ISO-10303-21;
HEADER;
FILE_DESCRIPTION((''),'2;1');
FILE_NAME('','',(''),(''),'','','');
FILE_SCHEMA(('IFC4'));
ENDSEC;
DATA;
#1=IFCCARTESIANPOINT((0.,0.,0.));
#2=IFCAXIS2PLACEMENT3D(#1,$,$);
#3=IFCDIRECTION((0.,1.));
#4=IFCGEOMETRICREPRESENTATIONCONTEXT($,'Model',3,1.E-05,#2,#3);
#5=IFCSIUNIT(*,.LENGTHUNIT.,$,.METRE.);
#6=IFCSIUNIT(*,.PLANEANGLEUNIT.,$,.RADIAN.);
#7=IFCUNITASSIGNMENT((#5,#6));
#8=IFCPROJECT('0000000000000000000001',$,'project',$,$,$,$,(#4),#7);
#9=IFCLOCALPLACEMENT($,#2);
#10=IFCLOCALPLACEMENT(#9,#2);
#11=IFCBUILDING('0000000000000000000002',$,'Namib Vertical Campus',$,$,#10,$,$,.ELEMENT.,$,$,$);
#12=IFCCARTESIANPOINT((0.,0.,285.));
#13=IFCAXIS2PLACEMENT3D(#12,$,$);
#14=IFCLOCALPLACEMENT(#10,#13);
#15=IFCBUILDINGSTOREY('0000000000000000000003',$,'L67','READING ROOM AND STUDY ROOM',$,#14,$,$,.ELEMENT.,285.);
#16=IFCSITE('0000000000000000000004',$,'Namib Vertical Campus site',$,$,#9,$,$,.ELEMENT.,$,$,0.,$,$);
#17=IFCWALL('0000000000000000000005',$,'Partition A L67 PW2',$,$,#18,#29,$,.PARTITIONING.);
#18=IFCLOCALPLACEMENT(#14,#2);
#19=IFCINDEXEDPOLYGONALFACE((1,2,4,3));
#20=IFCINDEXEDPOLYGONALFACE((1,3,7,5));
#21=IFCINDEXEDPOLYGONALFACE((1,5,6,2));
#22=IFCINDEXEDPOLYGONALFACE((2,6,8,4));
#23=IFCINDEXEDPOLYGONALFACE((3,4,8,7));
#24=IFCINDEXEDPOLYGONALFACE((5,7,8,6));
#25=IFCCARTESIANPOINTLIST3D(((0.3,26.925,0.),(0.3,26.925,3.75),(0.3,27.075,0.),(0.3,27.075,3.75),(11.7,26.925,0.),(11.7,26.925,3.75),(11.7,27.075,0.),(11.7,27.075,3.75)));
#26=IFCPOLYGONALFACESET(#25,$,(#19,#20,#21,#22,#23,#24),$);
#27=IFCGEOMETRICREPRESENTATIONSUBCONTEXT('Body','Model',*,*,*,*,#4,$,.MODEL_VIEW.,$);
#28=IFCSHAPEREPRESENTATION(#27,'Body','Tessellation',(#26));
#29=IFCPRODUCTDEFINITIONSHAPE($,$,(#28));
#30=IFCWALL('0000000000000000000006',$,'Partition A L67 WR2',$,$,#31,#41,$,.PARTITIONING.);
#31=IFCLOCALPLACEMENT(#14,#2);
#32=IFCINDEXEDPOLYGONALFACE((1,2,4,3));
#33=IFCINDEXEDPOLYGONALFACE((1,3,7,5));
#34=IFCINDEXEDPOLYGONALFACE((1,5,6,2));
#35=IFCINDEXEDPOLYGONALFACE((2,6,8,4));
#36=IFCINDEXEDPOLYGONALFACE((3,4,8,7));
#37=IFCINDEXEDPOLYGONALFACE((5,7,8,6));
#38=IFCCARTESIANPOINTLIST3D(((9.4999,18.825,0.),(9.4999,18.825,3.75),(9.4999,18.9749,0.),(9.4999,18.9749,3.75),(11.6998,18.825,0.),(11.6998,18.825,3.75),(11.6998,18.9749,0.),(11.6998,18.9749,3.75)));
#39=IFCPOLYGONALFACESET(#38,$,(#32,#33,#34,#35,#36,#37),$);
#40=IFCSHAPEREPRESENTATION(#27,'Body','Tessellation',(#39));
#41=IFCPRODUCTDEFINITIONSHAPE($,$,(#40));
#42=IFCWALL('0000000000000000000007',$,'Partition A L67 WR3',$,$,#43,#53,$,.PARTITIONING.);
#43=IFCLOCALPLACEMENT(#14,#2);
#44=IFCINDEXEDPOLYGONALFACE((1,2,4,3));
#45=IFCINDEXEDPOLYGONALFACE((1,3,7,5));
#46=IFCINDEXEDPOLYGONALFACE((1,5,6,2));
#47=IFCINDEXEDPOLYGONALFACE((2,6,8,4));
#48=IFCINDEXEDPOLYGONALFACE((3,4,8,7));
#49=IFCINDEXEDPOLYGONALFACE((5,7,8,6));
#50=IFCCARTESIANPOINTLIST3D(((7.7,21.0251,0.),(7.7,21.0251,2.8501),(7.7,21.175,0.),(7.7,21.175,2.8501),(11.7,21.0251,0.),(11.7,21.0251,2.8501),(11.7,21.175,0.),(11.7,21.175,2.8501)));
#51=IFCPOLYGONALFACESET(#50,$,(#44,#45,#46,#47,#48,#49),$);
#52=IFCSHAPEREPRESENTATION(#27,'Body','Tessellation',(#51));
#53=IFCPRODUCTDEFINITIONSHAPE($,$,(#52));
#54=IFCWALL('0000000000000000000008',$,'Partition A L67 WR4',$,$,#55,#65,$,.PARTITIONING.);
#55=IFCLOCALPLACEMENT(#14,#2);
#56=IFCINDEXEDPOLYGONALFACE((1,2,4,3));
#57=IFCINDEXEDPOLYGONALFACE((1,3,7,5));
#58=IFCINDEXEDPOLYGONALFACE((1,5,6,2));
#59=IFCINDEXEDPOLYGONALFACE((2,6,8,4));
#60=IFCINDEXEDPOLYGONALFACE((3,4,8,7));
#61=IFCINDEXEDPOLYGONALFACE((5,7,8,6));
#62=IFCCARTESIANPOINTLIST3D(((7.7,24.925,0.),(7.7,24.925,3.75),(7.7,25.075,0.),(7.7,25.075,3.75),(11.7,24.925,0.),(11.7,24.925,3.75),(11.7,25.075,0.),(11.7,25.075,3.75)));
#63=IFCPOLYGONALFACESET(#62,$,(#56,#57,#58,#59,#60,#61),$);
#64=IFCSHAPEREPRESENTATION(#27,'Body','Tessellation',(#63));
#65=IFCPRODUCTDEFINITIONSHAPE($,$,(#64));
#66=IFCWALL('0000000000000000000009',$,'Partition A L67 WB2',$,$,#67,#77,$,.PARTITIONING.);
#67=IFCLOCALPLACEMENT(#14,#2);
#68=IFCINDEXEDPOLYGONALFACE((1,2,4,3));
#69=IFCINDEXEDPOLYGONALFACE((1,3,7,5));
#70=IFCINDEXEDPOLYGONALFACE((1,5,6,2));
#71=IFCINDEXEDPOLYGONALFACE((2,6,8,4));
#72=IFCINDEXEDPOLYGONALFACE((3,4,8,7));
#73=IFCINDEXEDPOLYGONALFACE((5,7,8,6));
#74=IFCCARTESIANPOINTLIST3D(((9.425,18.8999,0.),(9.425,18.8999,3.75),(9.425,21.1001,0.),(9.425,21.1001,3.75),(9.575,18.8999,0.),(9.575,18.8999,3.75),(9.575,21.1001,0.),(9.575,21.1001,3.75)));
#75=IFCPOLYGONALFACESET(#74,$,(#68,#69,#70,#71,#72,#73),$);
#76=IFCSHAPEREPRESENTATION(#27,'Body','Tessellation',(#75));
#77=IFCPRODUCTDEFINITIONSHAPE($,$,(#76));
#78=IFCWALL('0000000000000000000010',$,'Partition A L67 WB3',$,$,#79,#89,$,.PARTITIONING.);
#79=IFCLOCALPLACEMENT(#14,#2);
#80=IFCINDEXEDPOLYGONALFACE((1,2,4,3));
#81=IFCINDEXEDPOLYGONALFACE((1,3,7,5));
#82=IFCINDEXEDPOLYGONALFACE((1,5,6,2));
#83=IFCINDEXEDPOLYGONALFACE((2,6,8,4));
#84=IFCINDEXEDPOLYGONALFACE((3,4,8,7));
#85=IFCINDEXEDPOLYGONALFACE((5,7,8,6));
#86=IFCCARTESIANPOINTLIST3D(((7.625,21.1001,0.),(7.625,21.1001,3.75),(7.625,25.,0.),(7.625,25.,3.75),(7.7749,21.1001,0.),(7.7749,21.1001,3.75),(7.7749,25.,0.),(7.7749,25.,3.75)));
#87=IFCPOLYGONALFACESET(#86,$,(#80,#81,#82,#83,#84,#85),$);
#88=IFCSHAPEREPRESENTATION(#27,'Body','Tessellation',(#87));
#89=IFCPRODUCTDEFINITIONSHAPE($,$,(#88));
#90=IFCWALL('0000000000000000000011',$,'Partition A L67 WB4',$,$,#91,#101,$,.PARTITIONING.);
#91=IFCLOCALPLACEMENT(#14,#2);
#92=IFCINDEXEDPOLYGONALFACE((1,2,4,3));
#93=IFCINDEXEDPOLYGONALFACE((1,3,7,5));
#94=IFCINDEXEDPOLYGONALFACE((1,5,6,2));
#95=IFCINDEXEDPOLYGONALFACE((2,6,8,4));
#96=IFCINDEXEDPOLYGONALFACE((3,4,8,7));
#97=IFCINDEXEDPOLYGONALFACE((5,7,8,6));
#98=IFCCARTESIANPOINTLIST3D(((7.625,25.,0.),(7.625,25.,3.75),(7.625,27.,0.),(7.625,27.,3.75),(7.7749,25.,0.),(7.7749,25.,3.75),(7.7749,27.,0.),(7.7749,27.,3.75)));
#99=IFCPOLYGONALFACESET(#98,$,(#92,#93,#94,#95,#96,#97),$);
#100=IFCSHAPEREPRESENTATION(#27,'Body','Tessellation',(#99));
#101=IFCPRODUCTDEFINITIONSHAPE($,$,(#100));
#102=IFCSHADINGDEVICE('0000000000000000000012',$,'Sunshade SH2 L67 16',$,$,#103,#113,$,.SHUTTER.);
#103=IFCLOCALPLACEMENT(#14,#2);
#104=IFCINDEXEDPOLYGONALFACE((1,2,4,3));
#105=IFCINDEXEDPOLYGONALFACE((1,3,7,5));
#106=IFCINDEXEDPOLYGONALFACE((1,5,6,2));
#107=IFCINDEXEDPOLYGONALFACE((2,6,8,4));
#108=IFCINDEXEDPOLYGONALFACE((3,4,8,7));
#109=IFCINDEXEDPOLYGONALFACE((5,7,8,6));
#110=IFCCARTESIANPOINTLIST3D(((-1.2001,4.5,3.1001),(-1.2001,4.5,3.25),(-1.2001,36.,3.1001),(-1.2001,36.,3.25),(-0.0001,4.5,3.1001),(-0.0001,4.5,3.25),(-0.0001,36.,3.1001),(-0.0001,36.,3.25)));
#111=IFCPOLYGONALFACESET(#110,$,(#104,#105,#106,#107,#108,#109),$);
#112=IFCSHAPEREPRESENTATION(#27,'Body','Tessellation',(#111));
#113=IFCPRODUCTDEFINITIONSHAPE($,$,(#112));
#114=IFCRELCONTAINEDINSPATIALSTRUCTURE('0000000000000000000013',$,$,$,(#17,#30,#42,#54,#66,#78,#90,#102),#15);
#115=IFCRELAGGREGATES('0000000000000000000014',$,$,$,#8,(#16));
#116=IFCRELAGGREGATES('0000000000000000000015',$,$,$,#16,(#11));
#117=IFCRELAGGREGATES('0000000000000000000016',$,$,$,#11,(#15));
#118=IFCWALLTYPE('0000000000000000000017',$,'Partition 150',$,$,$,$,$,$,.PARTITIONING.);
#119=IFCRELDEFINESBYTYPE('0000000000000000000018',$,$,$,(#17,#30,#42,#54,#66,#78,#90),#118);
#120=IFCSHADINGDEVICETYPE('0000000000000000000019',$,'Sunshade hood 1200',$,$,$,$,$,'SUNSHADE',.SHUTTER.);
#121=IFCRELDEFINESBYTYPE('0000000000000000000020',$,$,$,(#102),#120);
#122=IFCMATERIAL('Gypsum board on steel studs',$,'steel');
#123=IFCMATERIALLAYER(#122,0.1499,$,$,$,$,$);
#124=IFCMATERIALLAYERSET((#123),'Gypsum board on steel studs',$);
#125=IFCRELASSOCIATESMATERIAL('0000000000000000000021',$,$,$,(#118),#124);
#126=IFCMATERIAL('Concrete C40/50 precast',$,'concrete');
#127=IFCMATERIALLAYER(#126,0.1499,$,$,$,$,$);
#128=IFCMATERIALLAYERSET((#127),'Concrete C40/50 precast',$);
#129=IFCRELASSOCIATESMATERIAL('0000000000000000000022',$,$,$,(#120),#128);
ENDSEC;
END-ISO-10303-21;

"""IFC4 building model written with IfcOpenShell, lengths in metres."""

from ifc_helpers import new_model, si_unit, direction, frame, frame_2d, origin, origin_2d, place, context, subcontext, project, spatial, rectangle, extrude, material, layer, layer_set, type_object, element, save


model = new_model("IFC4")

# Units and contexts
model_context = context("Model", 3, precision=1e-05, world=origin(), true_north=direction((0.0, 1.0)))
body_context = subcontext(model_context, "Body", "Model", "MODEL_VIEW")
ifc_project = project(units=[si_unit("LENGTHUNIT", "METRE"), si_unit("PLANEANGLEUNIT", "RADIAN")], contexts=[model_context])

# Site, building, storey
site_placement = place(None, origin())
site = spatial("IfcSite", under=ifc_project, at=site_placement, Name="Namib Vertical Campus site", CompositionType="ELEMENT", RefElevation=0.0)
building_placement = place(site_placement, origin())
building = spatial("IfcBuilding", under=site, at=building_placement, Name="Namib Vertical Campus", CompositionType="ELEMENT")
storey_placement = place(building_placement, frame((0.0, 0.0, 285.0)))
storey = spatial("IfcBuildingStorey", under=building, at=storey_placement, Name="L67", Description="READING ROOM AND STUDY ROOM", CompositionType="ELEMENT", Elevation=285.0)

# Shared definitions
ifc_material_1 = material(Name="Gypsum board on steel studs", Category="steel")
ifc_layer_1 = layer(ifc_material_1, 0.1499)
ifc_layer_set_1 = layer_set([ifc_layer_1], Name="Gypsum board on steel studs")
wall_type_1 = type_object("IfcWallType", Name="Partition 150", PredefinedType="PARTITIONING", material=ifc_layer_set_1)

# Walls
wall_1_placement = place(storey_placement, frame((0.3, 27.0, 0.0), z_axis=(0.0, 0.0, 1.0), x_axis=(1.0, 0.0, 0.0)))
element("IfcWall", 1, at=wall_1_placement, inside=storey, type_object=wall_type_1, Name="Partition A L67 PW2", PredefinedType="PARTITIONING", context=body_context, shape_type="SweptSolid", body=[
    extrude(rectangle(XDim=11.3999, YDim=0.1499, at=frame_2d((5.7, 0.0))), origin(), (0.0, 0.0, 1.0), 3.75),
])
wall_2_placement = place(storey_placement, frame((11.7, 18.8999, 0.0), z_axis=(0.0, 0.0, 1.0), x_axis=(-1.0, 0.0, 0.0)))
element("IfcWall", 2, at=wall_2_placement, inside=storey, type_object=wall_type_1, Name="Partition A L67 WR2", PredefinedType="PARTITIONING", context=body_context, shape_type="SweptSolid", body=[
    extrude(rectangle(XDim=2.2, YDim=0.1499, at=frame_2d((1.1001, 0.0))), origin(), (0.0, 0.0, 1.0), 3.75),
])
wall_3_placement = place(storey_placement, frame((11.7, 21.1001, 0.0), z_axis=(0.0, 0.0, 1.0), x_axis=(-1.0, 0.0, 0.0)))
element("IfcWall", 3, at=wall_3_placement, inside=storey, type_object=wall_type_1, Name="Partition A L67 WR3", PredefinedType="PARTITIONING", context=body_context, shape_type="SweptSolid", body=[
    extrude(rectangle(XDim=4.0, YDim=0.1499, at=frame_2d((2.0, 0.0))), origin(), (0.0, 0.0, 1.0), 2.8501),
])
wall_4_placement = place(storey_placement, frame((11.7, 25.0, 0.0), z_axis=(0.0, 0.0, 1.0), x_axis=(-1.0, 0.0, 0.0)))
element("IfcWall", 4, at=wall_4_placement, inside=storey, type_object=wall_type_1, Name="Partition A L67 WR4", PredefinedType="PARTITIONING", context=body_context, shape_type="SweptSolid", body=[
    extrude(rectangle(XDim=4.0, YDim=0.1499, at=frame_2d((2.0, 0.0))), origin(), (0.0, 0.0, 1.0), 3.75),
])
wall_5_placement = place(storey_placement, frame((9.5, 18.8999, 0.0), z_axis=(0.0, 0.0, 1.0), x_axis=(0.0, 1.0, 0.0)))
element("IfcWall", 5, at=wall_5_placement, inside=storey, type_object=wall_type_1, Name="Partition A L67 WB2", PredefinedType="PARTITIONING", context=body_context, shape_type="SweptSolid", body=[
    extrude(rectangle(XDim=2.2002, YDim=0.1499, at=frame_2d((1.1001, 0.0))), origin(), (0.0, 0.0, 1.0), 3.75),
])
wall_6_placement = place(storey_placement, frame((7.7, 21.1001, 0.0), z_axis=(0.0, 0.0, 1.0), x_axis=(0.0, 1.0, 0.0)))
element("IfcWall", 6, at=wall_6_placement, inside=storey, type_object=wall_type_1, Name="Partition A L67 WB3", PredefinedType="PARTITIONING", context=body_context, shape_type="SweptSolid", body=[
    extrude(rectangle(XDim=3.8999, YDim=0.1499, at=frame_2d((1.95, 0.0))), origin(), (0.0, 0.0, 1.0), 3.75),
])
wall_7_placement = place(storey_placement, frame((7.7, 25.0, 0.0), z_axis=(0.0, 0.0, 1.0), x_axis=(0.0, 1.0, 0.0)))
element("IfcWall", 7, at=wall_7_placement, inside=storey, type_object=wall_type_1, Name="Partition A L67 WB4", PredefinedType="PARTITIONING", context=body_context, shape_type="SweptSolid", body=[
    extrude(rectangle(XDim=2.0, YDim=0.1499, at=frame_2d((1.0, 0.0))), origin(), (0.0, 0.0, 1.0), 3.75),
])

# Shading device
ifc_material_2 = material(Name="Concrete C40/50 precast", Category="concrete")
ifc_layer_2 = layer(ifc_material_2, 0.1499)
ifc_layer_set_2 = layer_set([ifc_layer_2], Name="Concrete C40/50 precast")
shading_device_type = type_object("IfcShadingDeviceType", Name="Sunshade hood 1200", ElementType="SUNSHADE", PredefinedType="SHUTTER", material=ifc_layer_set_2)
shading_device_placement = place(storey_placement, frame((-0.6001, 20.25, 3.1001), z_axis=(0.0, 0.0, 1.0), x_axis=(0.0, -1.0, 0.0)))
element("IfcShadingDevice", 8, at=shading_device_placement, inside=storey, type_object=shading_device_type, Name="Sunshade SH2 L67 16", PredefinedType="SHUTTER", context=body_context, shape_type="SweptSolid", body=[
    extrude(rectangle(XDim=31.5, YDim=1.2, at=origin_2d()), origin(), (0.0, 0.0, 1.0), 0.1499),
])

save(model, "model.ifc")
